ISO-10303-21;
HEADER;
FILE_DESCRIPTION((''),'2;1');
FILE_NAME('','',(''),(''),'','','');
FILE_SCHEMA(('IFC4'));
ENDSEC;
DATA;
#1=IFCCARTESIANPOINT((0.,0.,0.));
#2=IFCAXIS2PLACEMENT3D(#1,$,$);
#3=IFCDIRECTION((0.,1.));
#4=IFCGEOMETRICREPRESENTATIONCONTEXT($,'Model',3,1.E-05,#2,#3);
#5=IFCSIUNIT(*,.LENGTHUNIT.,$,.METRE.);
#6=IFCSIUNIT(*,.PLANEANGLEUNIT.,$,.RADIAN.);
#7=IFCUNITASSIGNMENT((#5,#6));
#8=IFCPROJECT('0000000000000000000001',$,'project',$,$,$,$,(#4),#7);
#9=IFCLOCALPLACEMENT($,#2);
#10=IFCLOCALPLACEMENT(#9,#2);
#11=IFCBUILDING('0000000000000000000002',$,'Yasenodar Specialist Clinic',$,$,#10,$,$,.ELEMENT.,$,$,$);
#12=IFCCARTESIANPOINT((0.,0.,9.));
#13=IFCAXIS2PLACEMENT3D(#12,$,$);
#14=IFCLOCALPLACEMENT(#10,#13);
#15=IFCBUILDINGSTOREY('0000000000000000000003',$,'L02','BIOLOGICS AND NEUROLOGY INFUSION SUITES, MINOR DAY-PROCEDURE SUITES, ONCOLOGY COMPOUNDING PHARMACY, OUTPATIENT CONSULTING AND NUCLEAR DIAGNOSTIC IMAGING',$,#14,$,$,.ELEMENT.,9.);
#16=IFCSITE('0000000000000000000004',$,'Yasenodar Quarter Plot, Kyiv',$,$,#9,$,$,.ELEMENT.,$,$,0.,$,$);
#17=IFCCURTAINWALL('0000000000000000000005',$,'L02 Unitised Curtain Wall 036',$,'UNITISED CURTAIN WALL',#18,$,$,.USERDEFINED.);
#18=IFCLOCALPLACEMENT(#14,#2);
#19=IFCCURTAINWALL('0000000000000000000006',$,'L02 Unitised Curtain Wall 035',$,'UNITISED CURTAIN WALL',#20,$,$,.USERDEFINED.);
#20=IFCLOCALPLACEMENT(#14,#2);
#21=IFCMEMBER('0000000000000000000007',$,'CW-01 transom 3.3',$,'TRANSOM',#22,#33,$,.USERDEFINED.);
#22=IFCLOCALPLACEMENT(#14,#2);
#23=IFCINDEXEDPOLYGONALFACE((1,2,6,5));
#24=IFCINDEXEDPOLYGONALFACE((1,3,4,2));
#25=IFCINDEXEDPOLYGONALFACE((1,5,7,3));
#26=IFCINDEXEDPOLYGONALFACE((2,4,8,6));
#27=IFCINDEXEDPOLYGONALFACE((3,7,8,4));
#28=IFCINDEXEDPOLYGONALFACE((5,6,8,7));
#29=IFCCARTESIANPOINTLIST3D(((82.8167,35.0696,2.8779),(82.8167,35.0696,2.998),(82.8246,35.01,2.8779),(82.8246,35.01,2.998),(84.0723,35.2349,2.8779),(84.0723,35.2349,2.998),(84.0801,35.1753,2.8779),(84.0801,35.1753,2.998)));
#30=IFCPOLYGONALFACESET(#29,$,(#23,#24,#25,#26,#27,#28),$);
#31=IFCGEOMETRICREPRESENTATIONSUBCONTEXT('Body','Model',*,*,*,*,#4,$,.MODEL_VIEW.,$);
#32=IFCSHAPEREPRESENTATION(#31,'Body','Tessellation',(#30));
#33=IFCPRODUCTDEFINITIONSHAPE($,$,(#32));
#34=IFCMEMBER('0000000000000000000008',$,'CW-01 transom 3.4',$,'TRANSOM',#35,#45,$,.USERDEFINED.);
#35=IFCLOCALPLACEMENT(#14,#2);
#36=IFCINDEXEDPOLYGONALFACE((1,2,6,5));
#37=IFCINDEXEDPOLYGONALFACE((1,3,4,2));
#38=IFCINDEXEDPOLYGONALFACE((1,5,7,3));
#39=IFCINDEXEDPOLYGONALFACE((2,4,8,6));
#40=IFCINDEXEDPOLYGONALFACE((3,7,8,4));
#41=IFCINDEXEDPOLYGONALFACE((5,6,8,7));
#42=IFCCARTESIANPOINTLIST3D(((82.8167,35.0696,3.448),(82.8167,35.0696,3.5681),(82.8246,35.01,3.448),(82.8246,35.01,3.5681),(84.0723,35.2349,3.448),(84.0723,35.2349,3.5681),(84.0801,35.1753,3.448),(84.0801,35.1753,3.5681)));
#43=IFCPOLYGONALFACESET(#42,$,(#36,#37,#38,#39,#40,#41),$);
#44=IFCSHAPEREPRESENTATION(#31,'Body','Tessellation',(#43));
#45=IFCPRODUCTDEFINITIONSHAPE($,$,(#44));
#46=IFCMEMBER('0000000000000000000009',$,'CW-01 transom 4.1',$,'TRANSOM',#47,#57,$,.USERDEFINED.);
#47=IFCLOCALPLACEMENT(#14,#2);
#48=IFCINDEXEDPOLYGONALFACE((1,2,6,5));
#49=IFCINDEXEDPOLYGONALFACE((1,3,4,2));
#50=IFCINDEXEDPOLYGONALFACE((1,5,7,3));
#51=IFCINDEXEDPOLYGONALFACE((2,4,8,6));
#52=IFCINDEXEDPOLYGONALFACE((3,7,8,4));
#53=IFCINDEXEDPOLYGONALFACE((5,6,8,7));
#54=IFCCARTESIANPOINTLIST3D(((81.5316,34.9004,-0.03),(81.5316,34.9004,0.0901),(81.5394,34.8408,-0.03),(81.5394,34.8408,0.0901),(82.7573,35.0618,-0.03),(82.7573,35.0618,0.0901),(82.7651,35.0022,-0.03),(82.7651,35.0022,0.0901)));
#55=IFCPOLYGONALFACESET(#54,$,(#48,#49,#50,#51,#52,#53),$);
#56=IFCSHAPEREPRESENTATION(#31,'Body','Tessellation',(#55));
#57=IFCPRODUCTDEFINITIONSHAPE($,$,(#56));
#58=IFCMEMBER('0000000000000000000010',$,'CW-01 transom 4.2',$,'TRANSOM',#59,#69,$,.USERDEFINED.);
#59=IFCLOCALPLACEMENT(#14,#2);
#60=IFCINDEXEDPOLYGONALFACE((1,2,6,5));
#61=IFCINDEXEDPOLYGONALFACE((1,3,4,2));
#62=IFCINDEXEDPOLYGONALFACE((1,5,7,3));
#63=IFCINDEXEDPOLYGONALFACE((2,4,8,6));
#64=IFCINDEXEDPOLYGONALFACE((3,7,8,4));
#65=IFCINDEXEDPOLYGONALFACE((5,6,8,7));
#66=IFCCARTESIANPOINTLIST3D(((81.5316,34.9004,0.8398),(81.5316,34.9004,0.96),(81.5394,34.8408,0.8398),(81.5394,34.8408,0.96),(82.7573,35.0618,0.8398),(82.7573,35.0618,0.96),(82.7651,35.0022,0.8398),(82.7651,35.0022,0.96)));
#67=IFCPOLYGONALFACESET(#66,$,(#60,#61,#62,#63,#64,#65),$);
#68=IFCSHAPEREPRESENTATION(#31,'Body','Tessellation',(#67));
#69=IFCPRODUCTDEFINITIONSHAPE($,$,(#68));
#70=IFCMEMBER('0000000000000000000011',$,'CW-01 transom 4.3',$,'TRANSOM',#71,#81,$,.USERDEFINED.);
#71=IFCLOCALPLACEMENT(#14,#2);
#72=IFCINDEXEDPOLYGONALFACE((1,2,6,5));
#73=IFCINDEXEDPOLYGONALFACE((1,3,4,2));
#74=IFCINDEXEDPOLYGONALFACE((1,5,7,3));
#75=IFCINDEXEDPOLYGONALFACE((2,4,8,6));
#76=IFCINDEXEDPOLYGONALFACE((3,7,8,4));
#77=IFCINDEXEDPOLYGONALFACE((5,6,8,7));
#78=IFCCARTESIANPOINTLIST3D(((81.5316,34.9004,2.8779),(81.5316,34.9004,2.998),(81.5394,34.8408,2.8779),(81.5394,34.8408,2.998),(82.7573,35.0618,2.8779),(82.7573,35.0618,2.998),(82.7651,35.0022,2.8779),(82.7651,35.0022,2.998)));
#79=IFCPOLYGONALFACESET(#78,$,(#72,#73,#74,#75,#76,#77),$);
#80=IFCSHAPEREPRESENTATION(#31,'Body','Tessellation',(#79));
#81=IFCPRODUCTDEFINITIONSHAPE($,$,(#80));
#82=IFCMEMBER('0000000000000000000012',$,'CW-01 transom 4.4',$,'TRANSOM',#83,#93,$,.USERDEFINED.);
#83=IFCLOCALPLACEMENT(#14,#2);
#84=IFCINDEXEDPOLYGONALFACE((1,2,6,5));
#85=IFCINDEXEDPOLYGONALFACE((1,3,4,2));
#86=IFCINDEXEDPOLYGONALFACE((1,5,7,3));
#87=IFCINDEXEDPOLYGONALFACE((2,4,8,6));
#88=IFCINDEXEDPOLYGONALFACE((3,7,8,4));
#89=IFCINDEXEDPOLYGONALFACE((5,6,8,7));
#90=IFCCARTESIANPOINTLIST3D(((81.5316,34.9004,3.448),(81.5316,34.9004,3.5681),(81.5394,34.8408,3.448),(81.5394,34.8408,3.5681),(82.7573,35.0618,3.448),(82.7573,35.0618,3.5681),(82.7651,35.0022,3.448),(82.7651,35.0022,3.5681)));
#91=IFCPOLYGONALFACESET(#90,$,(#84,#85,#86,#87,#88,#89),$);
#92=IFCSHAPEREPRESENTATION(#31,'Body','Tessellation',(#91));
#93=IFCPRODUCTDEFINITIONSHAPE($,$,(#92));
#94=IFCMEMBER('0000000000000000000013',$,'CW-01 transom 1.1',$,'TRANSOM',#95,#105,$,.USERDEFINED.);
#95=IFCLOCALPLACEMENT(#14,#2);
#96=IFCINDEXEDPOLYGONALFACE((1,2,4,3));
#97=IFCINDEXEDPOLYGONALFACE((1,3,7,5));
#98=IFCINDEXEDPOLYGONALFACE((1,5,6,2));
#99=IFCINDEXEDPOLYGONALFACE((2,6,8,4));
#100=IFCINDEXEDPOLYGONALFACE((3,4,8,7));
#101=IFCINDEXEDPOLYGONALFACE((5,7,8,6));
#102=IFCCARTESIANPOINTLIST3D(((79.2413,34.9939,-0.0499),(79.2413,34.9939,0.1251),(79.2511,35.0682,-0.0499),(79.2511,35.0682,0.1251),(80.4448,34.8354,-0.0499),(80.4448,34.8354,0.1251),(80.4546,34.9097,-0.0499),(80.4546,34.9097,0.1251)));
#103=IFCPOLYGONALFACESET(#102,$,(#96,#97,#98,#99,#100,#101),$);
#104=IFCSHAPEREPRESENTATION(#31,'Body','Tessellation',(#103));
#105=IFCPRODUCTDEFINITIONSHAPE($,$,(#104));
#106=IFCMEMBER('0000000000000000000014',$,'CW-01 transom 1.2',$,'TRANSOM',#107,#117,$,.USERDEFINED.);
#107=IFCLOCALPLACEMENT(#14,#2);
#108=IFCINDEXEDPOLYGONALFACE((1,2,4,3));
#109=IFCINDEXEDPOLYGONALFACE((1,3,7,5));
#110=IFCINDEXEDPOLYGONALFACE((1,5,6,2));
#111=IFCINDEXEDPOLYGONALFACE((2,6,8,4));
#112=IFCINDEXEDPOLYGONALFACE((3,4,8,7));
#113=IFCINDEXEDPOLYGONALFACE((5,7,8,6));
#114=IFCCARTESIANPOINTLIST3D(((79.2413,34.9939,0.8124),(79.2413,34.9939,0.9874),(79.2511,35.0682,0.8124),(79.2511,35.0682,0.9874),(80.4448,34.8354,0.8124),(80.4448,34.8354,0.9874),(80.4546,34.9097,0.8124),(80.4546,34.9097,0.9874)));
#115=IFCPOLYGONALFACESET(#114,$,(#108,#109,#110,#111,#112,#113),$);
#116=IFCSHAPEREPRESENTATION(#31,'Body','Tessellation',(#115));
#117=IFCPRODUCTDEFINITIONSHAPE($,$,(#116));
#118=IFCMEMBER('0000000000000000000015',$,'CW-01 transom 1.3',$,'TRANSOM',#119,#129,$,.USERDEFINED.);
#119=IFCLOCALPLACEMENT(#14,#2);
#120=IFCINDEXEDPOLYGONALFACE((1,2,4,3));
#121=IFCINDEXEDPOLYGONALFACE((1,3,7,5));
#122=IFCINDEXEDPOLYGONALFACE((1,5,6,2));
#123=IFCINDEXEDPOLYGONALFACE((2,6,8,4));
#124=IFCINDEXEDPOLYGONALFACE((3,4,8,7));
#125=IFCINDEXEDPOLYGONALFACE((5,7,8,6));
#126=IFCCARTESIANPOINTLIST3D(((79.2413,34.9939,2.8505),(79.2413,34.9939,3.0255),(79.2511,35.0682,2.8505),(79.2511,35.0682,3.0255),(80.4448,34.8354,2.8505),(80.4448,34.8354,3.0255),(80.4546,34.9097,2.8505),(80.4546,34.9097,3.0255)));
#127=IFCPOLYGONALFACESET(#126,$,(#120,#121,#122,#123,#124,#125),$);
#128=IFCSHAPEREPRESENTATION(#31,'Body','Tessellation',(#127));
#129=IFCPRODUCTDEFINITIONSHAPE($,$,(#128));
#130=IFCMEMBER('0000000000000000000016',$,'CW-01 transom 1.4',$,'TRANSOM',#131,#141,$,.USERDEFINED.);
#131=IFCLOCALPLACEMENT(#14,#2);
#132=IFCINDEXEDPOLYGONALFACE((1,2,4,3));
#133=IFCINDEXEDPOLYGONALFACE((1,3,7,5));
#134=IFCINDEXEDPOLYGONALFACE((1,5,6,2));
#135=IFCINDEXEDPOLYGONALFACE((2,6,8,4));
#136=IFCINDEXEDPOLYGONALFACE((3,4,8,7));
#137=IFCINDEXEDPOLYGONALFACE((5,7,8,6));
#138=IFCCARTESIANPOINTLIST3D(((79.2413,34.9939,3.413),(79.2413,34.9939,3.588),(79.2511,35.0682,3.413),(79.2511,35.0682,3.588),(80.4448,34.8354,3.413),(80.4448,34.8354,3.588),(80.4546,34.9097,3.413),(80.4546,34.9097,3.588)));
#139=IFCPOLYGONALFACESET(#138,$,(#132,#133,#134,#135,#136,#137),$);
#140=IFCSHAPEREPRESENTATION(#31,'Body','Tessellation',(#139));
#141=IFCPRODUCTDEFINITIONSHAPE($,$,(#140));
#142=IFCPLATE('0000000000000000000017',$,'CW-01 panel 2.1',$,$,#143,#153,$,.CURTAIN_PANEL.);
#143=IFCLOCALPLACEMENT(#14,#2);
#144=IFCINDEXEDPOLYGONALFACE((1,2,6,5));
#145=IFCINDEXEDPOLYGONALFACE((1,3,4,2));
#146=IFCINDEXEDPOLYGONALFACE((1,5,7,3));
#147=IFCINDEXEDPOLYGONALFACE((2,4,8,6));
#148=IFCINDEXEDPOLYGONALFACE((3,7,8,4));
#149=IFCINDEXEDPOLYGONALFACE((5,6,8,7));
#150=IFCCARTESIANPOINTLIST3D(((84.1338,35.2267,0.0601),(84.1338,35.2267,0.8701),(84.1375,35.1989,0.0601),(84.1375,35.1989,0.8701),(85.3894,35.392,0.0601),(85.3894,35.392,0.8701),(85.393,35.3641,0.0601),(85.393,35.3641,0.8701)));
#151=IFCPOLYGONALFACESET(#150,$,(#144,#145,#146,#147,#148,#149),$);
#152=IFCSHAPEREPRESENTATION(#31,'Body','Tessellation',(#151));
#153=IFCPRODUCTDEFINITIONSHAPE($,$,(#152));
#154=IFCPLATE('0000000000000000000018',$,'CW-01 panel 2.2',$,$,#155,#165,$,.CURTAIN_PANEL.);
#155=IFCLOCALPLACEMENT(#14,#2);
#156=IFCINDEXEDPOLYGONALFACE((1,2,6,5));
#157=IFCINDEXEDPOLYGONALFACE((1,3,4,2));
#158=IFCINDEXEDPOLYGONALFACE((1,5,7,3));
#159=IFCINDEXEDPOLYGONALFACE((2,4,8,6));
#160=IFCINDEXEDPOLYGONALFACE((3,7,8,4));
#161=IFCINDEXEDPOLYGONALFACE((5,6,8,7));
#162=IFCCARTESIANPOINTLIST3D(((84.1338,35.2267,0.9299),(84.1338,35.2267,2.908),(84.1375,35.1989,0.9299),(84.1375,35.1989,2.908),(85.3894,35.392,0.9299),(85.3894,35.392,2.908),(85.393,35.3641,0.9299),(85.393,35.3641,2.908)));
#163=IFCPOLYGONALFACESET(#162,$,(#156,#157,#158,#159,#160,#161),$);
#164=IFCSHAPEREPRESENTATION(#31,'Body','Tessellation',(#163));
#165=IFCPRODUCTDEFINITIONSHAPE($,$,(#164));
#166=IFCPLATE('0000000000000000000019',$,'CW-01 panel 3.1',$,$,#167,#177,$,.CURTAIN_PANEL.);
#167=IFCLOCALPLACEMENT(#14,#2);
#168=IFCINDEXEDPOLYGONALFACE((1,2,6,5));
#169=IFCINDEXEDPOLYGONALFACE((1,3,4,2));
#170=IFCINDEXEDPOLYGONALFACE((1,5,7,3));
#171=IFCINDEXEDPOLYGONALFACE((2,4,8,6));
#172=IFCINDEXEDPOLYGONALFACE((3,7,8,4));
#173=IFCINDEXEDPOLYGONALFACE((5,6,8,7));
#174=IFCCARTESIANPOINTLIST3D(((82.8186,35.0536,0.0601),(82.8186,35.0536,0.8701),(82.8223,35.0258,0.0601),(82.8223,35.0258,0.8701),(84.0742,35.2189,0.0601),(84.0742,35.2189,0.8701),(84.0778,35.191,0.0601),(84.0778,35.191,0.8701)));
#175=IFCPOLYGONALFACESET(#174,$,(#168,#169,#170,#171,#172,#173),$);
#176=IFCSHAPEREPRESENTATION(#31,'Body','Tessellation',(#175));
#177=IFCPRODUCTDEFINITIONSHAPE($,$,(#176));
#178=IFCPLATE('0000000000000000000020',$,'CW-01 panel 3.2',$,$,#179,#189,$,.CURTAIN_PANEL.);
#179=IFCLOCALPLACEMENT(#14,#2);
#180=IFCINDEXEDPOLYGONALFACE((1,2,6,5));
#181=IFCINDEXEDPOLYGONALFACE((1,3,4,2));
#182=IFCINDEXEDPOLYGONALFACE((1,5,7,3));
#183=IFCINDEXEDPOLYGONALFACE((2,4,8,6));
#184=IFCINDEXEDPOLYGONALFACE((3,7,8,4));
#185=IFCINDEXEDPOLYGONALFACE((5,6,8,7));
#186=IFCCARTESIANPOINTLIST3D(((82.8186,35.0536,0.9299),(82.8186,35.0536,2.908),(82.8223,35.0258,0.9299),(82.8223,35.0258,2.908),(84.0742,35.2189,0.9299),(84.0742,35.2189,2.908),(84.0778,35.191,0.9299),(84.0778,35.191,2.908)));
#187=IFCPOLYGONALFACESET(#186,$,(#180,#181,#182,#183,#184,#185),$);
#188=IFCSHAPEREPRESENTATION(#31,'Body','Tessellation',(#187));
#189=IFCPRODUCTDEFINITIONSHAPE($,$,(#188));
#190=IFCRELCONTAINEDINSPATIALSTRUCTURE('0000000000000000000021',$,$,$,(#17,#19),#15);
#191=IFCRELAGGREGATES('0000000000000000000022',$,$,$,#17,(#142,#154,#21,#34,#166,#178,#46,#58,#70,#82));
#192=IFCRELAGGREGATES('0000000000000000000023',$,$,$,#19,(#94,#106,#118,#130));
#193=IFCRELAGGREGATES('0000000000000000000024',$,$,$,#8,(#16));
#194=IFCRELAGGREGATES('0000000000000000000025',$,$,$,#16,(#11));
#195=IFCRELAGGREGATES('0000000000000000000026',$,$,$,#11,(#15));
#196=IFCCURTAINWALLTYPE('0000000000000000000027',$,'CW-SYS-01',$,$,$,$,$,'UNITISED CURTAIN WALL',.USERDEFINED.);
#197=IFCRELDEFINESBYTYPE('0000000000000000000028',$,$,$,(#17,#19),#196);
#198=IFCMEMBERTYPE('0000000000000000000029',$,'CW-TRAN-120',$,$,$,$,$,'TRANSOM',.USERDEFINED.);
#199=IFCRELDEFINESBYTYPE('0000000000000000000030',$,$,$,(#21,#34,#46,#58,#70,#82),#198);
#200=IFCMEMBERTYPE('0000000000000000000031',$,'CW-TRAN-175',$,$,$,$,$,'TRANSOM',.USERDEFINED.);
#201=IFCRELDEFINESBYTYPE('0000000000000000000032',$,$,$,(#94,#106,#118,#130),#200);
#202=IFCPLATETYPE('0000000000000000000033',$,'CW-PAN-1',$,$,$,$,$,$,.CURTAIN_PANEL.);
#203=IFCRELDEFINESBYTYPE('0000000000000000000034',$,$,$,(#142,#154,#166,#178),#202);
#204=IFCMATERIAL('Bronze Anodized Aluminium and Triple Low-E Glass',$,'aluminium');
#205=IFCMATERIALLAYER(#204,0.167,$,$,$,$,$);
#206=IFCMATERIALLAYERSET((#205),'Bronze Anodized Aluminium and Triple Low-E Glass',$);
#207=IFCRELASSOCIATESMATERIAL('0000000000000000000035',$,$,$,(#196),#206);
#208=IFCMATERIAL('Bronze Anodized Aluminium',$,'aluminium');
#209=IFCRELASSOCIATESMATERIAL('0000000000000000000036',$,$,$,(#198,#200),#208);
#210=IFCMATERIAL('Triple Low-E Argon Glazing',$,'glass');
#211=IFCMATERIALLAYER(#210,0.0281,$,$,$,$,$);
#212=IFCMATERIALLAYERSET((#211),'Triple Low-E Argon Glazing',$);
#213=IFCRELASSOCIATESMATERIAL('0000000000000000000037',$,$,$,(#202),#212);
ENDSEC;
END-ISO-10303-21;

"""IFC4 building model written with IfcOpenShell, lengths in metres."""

from ifc_helpers import new_model, si_unit, direction, frame, origin, origin_2d, place, context, subcontext, project, spatial, rectangle, extrude, material, layer, layer_set, material_profile, profile_set, type_object, element, aggregate, save


model = new_model("IFC4")

# Units and contexts
model_context = context("Model", 3, precision=1e-05, world=origin(), true_north=direction((0.0, 1.0)))
body_context = subcontext(model_context, "Body", "Model", "MODEL_VIEW")
ifc_project = project(units=[si_unit("LENGTHUNIT", "METRE"), si_unit("PLANEANGLEUNIT", "RADIAN")], contexts=[model_context])

# Site, building, storey
site_placement = place(None, origin())
site = spatial("IfcSite", under=ifc_project, at=site_placement, Name="Yasenodar Quarter Plot, Kyiv", CompositionType="ELEMENT", RefElevation=0.0)
building_placement = place(site_placement, origin())
building = spatial("IfcBuilding", under=site, at=building_placement, Name="Yasenodar Specialist Clinic", CompositionType="ELEMENT")
storey_placement = place(building_placement, frame((0.0, 0.0, 9.0)))
storey = spatial("IfcBuildingStorey", under=building, at=storey_placement, Name="L02", Description="BIOLOGICS AND NEUROLOGY INFUSION SUITES, MINOR DAY-PROCEDURE SUITES, ONCOLOGY COMPOUNDING PHARMACY, OUTPATIENT CONSULTING AND NUCLEAR DIAGNOSTIC IMAGING", CompositionType="ELEMENT", Elevation=9.0)

# Curtain wall
ifc_material_1 = material(Name="Bronze Anodized Aluminium and Triple Low-E Glass", Category="aluminium")
ifc_layer_1 = layer(ifc_material_1, 0.167)
ifc_layer_set_1 = layer_set([ifc_layer_1], Name="Bronze Anodized Aluminium and Triple Low-E Glass")
curtain_wall_type = type_object("IfcCurtainWallType", Name="CW-SYS-01", ElementType="UNITISED CURTAIN WALL", PredefinedType="USERDEFINED", material=ifc_layer_set_1)
curtain_wall_1_placement = place(storey_placement, origin())
curtain_wall_1 = element("IfcCurtainWall", 1, at=curtain_wall_1_placement, inside=storey, type_object=curtain_wall_type, Name="L02 Unitised Curtain Wall 036", ObjectType="UNITISED CURTAIN WALL", PredefinedType="USERDEFINED")
ifc_material_2 = material(Name="Bronze Anodized Aluminium", Category="aluminium")

# Curtain wall
curtain_wall_2_placement = place(storey_placement, origin())
curtain_wall_2 = element("IfcCurtainWall", 2, at=curtain_wall_2_placement, inside=storey, type_object=curtain_wall_type, Name="L02 Unitised Curtain Wall 035", ObjectType="UNITISED CURTAIN WALL", PredefinedType="USERDEFINED")

# Members
ifc_material_profile_1 = material_profile(ifc_material_2, rectangle(XDim=0.0601, YDim=0.1201, at=origin_2d()), Name="CW-TRAN 60x120")
ifc_profile_set_1 = profile_set([ifc_material_profile_1], Name="Bronze Anodized Aluminium")
member_type_1 = type_object("IfcMemberType", Name="CW-TRAN-120", ElementType="TRANSOM", PredefinedType="USERDEFINED", material=ifc_profile_set_1)
member_1_placement = place(storey_placement, frame((84.0762, 35.2051, 2.938), z_axis=(-0.991447, -0.130509, 0.0), x_axis=(0.130509, -0.991447, 0.0)))
member_1 = element("IfcMember", 3, at=member_1_placement, type_object=member_type_1, Name="CW-01 transom 3.3", ObjectType="TRANSOM", PredefinedType="USERDEFINED", context=body_context, shape_type="SweptSolid", body=[
    extrude(rectangle(XDim=0.0601, YDim=0.1201, at=origin_2d()), origin(), (0.0, 0.0, 1.0), 1.2664),
])
member_2_placement = place(storey_placement, frame((84.0762, 35.2051, 3.5081), z_axis=(-0.991447, -0.130509, 0.0), x_axis=(0.130509, -0.991447, 0.0)))
member_2 = element("IfcMember", 4, at=member_2_placement, type_object=member_type_1, Name="CW-01 transom 3.4", ObjectType="TRANSOM", PredefinedType="USERDEFINED", context=body_context, shape_type="SweptSolid", body=[
    extrude(rectangle(XDim=0.0601, YDim=0.1201, at=origin_2d()), origin(), (0.0, 0.0, 1.0), 1.2664),
])
member_3_placement = place(storey_placement, frame((82.7612, 35.032, 0.03), z_axis=(-0.991446, -0.130521, 0.0), x_axis=(0.130521, -0.991446, 0.0)))
member_3 = element("IfcMember", 5, at=member_3_placement, type_object=member_type_1, Name="CW-01 transom 4.1", ObjectType="TRANSOM", PredefinedType="USERDEFINED", context=body_context, shape_type="SweptSolid", body=[
    extrude(rectangle(XDim=0.0601, YDim=0.1201, at=origin_2d()), origin(), (0.0, 0.0, 1.0), 1.2363),
])
member_4_placement = place(storey_placement, frame((82.7612, 35.032, 0.8999), z_axis=(-0.991446, -0.130521, 0.0), x_axis=(0.130521, -0.991446, 0.0)))
member_4 = element("IfcMember", 6, at=member_4_placement, type_object=member_type_1, Name="CW-01 transom 4.2", ObjectType="TRANSOM", PredefinedType="USERDEFINED", context=body_context, shape_type="SweptSolid", body=[
    extrude(rectangle(XDim=0.0601, YDim=0.1201, at=origin_2d()), origin(), (0.0, 0.0, 1.0), 1.2363),
])
member_5_placement = place(storey_placement, frame((82.7612, 35.032, 2.938), z_axis=(-0.991446, -0.130521, 0.0), x_axis=(0.130521, -0.991446, 0.0)))
member_5 = element("IfcMember", 7, at=member_5_placement, type_object=member_type_1, Name="CW-01 transom 4.3", ObjectType="TRANSOM", PredefinedType="USERDEFINED", context=body_context, shape_type="SweptSolid", body=[
    extrude(rectangle(XDim=0.0601, YDim=0.1201, at=origin_2d()), origin(), (0.0, 0.0, 1.0), 1.2363),
])
member_6_placement = place(storey_placement, frame((82.7612, 35.032, 3.5081), z_axis=(-0.991446, -0.130521, 0.0), x_axis=(0.130521, -0.991446, 0.0)))
member_6 = element("IfcMember", 8, at=member_6_placement, type_object=member_type_1, Name="CW-01 transom 4.4", ObjectType="TRANSOM", PredefinedType="USERDEFINED", context=body_context, shape_type="SweptSolid", body=[
    extrude(rectangle(XDim=0.0601, YDim=0.1201, at=origin_2d()), origin(), (0.0, 0.0, 1.0), 1.2363),
])
ifc_material_profile_2 = material_profile(ifc_material_2, rectangle(XDim=0.075, YDim=0.175, at=origin_2d()), Name="CW-TRAN 75x175")
ifc_profile_set_2 = profile_set([ifc_material_profile_2], Name="Bronze Anodized Aluminium")
member_type_2 = type_object("IfcMemberType", Name="CW-TRAN-175", ElementType="TRANSOM", PredefinedType="USERDEFINED", material=ifc_profile_set_2)
member_7_placement = place(storey_placement, frame((80.4497, 34.8726, 0.0376), z_axis=(-0.991443, 0.130543, 0.0), x_axis=(-0.130543, -0.991443, 0.0)))
member_7 = element("IfcMember", 9, at=member_7_placement, type_object=member_type_2, Name="CW-01 transom 1.1", ObjectType="TRANSOM", PredefinedType="USERDEFINED", context=body_context, shape_type="SweptSolid", body=[
    extrude(rectangle(XDim=0.075, YDim=0.175, at=origin_2d()), origin(), (0.0, 0.0, 1.0), 1.2139),
])
member_8_placement = place(storey_placement, frame((80.4497, 34.8726, 0.8999), z_axis=(-0.991443, 0.130543, 0.0), x_axis=(-0.130543, -0.991443, 0.0)))
member_8 = element("IfcMember", 10, at=member_8_placement, type_object=member_type_2, Name="CW-01 transom 1.2", ObjectType="TRANSOM", PredefinedType="USERDEFINED", context=body_context, shape_type="SweptSolid", body=[
    extrude(rectangle(XDim=0.075, YDim=0.175, at=origin_2d()), origin(), (0.0, 0.0, 1.0), 1.2139),
])
member_9_placement = place(storey_placement, frame((80.4497, 34.8726, 2.938), z_axis=(-0.991443, 0.130543, 0.0), x_axis=(-0.130543, -0.991443, 0.0)))
member_9 = element("IfcMember", 11, at=member_9_placement, type_object=member_type_2, Name="CW-01 transom 1.3", ObjectType="TRANSOM", PredefinedType="USERDEFINED", context=body_context, shape_type="SweptSolid", body=[
    extrude(rectangle(XDim=0.075, YDim=0.175, at=origin_2d()), origin(), (0.0, 0.0, 1.0), 1.2139),
])
member_10_placement = place(storey_placement, frame((80.4497, 34.8726, 3.5005), z_axis=(-0.991443, 0.130543, 0.0), x_axis=(-0.130543, -0.991443, 0.0)))
member_10 = element("IfcMember", 12, at=member_10_placement, type_object=member_type_2, Name="CW-01 transom 1.4", ObjectType="TRANSOM", PredefinedType="USERDEFINED", context=body_context, shape_type="SweptSolid", body=[
    extrude(rectangle(XDim=0.075, YDim=0.175, at=origin_2d()), origin(), (0.0, 0.0, 1.0), 1.2139),
])

# Plates
ifc_material_3 = material(Name="Triple Low-E Argon Glazing", Category="glass")
ifc_layer_2 = layer(ifc_material_3, 0.0281)
ifc_layer_set_2 = layer_set([ifc_layer_2], Name="Triple Low-E Argon Glazing")
plate_type_1 = type_object("IfcPlateType", Name="CW-PAN-1", PredefinedType="CURTAIN_PANEL", material=ifc_layer_set_2)
plate_1_placement = place(storey_placement, frame((84.7634, 35.2954, 0.0601), z_axis=(0.0, 0.0, 1.0), x_axis=(-0.991447, -0.130512, 0.0)))
plate_1 = element("IfcPlate", 13, at=plate_1_placement, type_object=plate_type_1, Name="CW-01 panel 2.1", PredefinedType="CURTAIN_PANEL", context=body_context, shape_type="SweptSolid", body=[
    extrude(rectangle(XDim=1.2664, YDim=0.0281, at=origin_2d()), origin(), (0.0, 0.0, 1.0), 0.8101),
])
plate_2_placement = place(storey_placement, frame((84.7634, 35.2954, 0.9299), z_axis=(0.0, 0.0, 1.0), x_axis=(-0.991447, -0.130512, 0.0)))
plate_2 = element("IfcPlate", 14, at=plate_2_placement, type_object=plate_type_1, Name="CW-01 panel 2.2", PredefinedType="CURTAIN_PANEL", context=body_context, shape_type="SweptSolid", body=[
    extrude(rectangle(XDim=1.2664, YDim=0.0281, at=origin_2d()), origin(), (0.0, 0.0, 1.0), 1.978),
])
plate_3_placement = place(storey_placement, frame((83.4482, 35.1223, 0.0601), z_axis=(0.0, 0.0, 1.0), x_axis=(-0.991447, -0.130512, 0.0)))
plate_3 = element("IfcPlate", 15, at=plate_3_placement, type_object=plate_type_1, Name="CW-01 panel 3.1", PredefinedType="CURTAIN_PANEL", context=body_context, shape_type="SweptSolid", body=[
    extrude(rectangle(XDim=1.2664, YDim=0.0281, at=origin_2d()), origin(), (0.0, 0.0, 1.0), 0.8101),
])
plate_4_placement = place(storey_placement, frame((83.4482, 35.1223, 0.9299), z_axis=(0.0, 0.0, 1.0), x_axis=(-0.991447, -0.130512, 0.0)))
plate_4 = element("IfcPlate", 16, at=plate_4_placement, type_object=plate_type_1, Name="CW-01 panel 3.2", PredefinedType="CURTAIN_PANEL", context=body_context, shape_type="SweptSolid", body=[
    extrude(rectangle(XDim=1.2664, YDim=0.0281, at=origin_2d()), origin(), (0.0, 0.0, 1.0), 1.978),
])
aggregate(curtain_wall_1, [plate_1, plate_2, member_1, member_2, plate_3, plate_4, member_3, member_4, member_5, member_6])
aggregate(curtain_wall_2, [member_7, member_8, member_9, member_10])

save(model, "model.ifc")
